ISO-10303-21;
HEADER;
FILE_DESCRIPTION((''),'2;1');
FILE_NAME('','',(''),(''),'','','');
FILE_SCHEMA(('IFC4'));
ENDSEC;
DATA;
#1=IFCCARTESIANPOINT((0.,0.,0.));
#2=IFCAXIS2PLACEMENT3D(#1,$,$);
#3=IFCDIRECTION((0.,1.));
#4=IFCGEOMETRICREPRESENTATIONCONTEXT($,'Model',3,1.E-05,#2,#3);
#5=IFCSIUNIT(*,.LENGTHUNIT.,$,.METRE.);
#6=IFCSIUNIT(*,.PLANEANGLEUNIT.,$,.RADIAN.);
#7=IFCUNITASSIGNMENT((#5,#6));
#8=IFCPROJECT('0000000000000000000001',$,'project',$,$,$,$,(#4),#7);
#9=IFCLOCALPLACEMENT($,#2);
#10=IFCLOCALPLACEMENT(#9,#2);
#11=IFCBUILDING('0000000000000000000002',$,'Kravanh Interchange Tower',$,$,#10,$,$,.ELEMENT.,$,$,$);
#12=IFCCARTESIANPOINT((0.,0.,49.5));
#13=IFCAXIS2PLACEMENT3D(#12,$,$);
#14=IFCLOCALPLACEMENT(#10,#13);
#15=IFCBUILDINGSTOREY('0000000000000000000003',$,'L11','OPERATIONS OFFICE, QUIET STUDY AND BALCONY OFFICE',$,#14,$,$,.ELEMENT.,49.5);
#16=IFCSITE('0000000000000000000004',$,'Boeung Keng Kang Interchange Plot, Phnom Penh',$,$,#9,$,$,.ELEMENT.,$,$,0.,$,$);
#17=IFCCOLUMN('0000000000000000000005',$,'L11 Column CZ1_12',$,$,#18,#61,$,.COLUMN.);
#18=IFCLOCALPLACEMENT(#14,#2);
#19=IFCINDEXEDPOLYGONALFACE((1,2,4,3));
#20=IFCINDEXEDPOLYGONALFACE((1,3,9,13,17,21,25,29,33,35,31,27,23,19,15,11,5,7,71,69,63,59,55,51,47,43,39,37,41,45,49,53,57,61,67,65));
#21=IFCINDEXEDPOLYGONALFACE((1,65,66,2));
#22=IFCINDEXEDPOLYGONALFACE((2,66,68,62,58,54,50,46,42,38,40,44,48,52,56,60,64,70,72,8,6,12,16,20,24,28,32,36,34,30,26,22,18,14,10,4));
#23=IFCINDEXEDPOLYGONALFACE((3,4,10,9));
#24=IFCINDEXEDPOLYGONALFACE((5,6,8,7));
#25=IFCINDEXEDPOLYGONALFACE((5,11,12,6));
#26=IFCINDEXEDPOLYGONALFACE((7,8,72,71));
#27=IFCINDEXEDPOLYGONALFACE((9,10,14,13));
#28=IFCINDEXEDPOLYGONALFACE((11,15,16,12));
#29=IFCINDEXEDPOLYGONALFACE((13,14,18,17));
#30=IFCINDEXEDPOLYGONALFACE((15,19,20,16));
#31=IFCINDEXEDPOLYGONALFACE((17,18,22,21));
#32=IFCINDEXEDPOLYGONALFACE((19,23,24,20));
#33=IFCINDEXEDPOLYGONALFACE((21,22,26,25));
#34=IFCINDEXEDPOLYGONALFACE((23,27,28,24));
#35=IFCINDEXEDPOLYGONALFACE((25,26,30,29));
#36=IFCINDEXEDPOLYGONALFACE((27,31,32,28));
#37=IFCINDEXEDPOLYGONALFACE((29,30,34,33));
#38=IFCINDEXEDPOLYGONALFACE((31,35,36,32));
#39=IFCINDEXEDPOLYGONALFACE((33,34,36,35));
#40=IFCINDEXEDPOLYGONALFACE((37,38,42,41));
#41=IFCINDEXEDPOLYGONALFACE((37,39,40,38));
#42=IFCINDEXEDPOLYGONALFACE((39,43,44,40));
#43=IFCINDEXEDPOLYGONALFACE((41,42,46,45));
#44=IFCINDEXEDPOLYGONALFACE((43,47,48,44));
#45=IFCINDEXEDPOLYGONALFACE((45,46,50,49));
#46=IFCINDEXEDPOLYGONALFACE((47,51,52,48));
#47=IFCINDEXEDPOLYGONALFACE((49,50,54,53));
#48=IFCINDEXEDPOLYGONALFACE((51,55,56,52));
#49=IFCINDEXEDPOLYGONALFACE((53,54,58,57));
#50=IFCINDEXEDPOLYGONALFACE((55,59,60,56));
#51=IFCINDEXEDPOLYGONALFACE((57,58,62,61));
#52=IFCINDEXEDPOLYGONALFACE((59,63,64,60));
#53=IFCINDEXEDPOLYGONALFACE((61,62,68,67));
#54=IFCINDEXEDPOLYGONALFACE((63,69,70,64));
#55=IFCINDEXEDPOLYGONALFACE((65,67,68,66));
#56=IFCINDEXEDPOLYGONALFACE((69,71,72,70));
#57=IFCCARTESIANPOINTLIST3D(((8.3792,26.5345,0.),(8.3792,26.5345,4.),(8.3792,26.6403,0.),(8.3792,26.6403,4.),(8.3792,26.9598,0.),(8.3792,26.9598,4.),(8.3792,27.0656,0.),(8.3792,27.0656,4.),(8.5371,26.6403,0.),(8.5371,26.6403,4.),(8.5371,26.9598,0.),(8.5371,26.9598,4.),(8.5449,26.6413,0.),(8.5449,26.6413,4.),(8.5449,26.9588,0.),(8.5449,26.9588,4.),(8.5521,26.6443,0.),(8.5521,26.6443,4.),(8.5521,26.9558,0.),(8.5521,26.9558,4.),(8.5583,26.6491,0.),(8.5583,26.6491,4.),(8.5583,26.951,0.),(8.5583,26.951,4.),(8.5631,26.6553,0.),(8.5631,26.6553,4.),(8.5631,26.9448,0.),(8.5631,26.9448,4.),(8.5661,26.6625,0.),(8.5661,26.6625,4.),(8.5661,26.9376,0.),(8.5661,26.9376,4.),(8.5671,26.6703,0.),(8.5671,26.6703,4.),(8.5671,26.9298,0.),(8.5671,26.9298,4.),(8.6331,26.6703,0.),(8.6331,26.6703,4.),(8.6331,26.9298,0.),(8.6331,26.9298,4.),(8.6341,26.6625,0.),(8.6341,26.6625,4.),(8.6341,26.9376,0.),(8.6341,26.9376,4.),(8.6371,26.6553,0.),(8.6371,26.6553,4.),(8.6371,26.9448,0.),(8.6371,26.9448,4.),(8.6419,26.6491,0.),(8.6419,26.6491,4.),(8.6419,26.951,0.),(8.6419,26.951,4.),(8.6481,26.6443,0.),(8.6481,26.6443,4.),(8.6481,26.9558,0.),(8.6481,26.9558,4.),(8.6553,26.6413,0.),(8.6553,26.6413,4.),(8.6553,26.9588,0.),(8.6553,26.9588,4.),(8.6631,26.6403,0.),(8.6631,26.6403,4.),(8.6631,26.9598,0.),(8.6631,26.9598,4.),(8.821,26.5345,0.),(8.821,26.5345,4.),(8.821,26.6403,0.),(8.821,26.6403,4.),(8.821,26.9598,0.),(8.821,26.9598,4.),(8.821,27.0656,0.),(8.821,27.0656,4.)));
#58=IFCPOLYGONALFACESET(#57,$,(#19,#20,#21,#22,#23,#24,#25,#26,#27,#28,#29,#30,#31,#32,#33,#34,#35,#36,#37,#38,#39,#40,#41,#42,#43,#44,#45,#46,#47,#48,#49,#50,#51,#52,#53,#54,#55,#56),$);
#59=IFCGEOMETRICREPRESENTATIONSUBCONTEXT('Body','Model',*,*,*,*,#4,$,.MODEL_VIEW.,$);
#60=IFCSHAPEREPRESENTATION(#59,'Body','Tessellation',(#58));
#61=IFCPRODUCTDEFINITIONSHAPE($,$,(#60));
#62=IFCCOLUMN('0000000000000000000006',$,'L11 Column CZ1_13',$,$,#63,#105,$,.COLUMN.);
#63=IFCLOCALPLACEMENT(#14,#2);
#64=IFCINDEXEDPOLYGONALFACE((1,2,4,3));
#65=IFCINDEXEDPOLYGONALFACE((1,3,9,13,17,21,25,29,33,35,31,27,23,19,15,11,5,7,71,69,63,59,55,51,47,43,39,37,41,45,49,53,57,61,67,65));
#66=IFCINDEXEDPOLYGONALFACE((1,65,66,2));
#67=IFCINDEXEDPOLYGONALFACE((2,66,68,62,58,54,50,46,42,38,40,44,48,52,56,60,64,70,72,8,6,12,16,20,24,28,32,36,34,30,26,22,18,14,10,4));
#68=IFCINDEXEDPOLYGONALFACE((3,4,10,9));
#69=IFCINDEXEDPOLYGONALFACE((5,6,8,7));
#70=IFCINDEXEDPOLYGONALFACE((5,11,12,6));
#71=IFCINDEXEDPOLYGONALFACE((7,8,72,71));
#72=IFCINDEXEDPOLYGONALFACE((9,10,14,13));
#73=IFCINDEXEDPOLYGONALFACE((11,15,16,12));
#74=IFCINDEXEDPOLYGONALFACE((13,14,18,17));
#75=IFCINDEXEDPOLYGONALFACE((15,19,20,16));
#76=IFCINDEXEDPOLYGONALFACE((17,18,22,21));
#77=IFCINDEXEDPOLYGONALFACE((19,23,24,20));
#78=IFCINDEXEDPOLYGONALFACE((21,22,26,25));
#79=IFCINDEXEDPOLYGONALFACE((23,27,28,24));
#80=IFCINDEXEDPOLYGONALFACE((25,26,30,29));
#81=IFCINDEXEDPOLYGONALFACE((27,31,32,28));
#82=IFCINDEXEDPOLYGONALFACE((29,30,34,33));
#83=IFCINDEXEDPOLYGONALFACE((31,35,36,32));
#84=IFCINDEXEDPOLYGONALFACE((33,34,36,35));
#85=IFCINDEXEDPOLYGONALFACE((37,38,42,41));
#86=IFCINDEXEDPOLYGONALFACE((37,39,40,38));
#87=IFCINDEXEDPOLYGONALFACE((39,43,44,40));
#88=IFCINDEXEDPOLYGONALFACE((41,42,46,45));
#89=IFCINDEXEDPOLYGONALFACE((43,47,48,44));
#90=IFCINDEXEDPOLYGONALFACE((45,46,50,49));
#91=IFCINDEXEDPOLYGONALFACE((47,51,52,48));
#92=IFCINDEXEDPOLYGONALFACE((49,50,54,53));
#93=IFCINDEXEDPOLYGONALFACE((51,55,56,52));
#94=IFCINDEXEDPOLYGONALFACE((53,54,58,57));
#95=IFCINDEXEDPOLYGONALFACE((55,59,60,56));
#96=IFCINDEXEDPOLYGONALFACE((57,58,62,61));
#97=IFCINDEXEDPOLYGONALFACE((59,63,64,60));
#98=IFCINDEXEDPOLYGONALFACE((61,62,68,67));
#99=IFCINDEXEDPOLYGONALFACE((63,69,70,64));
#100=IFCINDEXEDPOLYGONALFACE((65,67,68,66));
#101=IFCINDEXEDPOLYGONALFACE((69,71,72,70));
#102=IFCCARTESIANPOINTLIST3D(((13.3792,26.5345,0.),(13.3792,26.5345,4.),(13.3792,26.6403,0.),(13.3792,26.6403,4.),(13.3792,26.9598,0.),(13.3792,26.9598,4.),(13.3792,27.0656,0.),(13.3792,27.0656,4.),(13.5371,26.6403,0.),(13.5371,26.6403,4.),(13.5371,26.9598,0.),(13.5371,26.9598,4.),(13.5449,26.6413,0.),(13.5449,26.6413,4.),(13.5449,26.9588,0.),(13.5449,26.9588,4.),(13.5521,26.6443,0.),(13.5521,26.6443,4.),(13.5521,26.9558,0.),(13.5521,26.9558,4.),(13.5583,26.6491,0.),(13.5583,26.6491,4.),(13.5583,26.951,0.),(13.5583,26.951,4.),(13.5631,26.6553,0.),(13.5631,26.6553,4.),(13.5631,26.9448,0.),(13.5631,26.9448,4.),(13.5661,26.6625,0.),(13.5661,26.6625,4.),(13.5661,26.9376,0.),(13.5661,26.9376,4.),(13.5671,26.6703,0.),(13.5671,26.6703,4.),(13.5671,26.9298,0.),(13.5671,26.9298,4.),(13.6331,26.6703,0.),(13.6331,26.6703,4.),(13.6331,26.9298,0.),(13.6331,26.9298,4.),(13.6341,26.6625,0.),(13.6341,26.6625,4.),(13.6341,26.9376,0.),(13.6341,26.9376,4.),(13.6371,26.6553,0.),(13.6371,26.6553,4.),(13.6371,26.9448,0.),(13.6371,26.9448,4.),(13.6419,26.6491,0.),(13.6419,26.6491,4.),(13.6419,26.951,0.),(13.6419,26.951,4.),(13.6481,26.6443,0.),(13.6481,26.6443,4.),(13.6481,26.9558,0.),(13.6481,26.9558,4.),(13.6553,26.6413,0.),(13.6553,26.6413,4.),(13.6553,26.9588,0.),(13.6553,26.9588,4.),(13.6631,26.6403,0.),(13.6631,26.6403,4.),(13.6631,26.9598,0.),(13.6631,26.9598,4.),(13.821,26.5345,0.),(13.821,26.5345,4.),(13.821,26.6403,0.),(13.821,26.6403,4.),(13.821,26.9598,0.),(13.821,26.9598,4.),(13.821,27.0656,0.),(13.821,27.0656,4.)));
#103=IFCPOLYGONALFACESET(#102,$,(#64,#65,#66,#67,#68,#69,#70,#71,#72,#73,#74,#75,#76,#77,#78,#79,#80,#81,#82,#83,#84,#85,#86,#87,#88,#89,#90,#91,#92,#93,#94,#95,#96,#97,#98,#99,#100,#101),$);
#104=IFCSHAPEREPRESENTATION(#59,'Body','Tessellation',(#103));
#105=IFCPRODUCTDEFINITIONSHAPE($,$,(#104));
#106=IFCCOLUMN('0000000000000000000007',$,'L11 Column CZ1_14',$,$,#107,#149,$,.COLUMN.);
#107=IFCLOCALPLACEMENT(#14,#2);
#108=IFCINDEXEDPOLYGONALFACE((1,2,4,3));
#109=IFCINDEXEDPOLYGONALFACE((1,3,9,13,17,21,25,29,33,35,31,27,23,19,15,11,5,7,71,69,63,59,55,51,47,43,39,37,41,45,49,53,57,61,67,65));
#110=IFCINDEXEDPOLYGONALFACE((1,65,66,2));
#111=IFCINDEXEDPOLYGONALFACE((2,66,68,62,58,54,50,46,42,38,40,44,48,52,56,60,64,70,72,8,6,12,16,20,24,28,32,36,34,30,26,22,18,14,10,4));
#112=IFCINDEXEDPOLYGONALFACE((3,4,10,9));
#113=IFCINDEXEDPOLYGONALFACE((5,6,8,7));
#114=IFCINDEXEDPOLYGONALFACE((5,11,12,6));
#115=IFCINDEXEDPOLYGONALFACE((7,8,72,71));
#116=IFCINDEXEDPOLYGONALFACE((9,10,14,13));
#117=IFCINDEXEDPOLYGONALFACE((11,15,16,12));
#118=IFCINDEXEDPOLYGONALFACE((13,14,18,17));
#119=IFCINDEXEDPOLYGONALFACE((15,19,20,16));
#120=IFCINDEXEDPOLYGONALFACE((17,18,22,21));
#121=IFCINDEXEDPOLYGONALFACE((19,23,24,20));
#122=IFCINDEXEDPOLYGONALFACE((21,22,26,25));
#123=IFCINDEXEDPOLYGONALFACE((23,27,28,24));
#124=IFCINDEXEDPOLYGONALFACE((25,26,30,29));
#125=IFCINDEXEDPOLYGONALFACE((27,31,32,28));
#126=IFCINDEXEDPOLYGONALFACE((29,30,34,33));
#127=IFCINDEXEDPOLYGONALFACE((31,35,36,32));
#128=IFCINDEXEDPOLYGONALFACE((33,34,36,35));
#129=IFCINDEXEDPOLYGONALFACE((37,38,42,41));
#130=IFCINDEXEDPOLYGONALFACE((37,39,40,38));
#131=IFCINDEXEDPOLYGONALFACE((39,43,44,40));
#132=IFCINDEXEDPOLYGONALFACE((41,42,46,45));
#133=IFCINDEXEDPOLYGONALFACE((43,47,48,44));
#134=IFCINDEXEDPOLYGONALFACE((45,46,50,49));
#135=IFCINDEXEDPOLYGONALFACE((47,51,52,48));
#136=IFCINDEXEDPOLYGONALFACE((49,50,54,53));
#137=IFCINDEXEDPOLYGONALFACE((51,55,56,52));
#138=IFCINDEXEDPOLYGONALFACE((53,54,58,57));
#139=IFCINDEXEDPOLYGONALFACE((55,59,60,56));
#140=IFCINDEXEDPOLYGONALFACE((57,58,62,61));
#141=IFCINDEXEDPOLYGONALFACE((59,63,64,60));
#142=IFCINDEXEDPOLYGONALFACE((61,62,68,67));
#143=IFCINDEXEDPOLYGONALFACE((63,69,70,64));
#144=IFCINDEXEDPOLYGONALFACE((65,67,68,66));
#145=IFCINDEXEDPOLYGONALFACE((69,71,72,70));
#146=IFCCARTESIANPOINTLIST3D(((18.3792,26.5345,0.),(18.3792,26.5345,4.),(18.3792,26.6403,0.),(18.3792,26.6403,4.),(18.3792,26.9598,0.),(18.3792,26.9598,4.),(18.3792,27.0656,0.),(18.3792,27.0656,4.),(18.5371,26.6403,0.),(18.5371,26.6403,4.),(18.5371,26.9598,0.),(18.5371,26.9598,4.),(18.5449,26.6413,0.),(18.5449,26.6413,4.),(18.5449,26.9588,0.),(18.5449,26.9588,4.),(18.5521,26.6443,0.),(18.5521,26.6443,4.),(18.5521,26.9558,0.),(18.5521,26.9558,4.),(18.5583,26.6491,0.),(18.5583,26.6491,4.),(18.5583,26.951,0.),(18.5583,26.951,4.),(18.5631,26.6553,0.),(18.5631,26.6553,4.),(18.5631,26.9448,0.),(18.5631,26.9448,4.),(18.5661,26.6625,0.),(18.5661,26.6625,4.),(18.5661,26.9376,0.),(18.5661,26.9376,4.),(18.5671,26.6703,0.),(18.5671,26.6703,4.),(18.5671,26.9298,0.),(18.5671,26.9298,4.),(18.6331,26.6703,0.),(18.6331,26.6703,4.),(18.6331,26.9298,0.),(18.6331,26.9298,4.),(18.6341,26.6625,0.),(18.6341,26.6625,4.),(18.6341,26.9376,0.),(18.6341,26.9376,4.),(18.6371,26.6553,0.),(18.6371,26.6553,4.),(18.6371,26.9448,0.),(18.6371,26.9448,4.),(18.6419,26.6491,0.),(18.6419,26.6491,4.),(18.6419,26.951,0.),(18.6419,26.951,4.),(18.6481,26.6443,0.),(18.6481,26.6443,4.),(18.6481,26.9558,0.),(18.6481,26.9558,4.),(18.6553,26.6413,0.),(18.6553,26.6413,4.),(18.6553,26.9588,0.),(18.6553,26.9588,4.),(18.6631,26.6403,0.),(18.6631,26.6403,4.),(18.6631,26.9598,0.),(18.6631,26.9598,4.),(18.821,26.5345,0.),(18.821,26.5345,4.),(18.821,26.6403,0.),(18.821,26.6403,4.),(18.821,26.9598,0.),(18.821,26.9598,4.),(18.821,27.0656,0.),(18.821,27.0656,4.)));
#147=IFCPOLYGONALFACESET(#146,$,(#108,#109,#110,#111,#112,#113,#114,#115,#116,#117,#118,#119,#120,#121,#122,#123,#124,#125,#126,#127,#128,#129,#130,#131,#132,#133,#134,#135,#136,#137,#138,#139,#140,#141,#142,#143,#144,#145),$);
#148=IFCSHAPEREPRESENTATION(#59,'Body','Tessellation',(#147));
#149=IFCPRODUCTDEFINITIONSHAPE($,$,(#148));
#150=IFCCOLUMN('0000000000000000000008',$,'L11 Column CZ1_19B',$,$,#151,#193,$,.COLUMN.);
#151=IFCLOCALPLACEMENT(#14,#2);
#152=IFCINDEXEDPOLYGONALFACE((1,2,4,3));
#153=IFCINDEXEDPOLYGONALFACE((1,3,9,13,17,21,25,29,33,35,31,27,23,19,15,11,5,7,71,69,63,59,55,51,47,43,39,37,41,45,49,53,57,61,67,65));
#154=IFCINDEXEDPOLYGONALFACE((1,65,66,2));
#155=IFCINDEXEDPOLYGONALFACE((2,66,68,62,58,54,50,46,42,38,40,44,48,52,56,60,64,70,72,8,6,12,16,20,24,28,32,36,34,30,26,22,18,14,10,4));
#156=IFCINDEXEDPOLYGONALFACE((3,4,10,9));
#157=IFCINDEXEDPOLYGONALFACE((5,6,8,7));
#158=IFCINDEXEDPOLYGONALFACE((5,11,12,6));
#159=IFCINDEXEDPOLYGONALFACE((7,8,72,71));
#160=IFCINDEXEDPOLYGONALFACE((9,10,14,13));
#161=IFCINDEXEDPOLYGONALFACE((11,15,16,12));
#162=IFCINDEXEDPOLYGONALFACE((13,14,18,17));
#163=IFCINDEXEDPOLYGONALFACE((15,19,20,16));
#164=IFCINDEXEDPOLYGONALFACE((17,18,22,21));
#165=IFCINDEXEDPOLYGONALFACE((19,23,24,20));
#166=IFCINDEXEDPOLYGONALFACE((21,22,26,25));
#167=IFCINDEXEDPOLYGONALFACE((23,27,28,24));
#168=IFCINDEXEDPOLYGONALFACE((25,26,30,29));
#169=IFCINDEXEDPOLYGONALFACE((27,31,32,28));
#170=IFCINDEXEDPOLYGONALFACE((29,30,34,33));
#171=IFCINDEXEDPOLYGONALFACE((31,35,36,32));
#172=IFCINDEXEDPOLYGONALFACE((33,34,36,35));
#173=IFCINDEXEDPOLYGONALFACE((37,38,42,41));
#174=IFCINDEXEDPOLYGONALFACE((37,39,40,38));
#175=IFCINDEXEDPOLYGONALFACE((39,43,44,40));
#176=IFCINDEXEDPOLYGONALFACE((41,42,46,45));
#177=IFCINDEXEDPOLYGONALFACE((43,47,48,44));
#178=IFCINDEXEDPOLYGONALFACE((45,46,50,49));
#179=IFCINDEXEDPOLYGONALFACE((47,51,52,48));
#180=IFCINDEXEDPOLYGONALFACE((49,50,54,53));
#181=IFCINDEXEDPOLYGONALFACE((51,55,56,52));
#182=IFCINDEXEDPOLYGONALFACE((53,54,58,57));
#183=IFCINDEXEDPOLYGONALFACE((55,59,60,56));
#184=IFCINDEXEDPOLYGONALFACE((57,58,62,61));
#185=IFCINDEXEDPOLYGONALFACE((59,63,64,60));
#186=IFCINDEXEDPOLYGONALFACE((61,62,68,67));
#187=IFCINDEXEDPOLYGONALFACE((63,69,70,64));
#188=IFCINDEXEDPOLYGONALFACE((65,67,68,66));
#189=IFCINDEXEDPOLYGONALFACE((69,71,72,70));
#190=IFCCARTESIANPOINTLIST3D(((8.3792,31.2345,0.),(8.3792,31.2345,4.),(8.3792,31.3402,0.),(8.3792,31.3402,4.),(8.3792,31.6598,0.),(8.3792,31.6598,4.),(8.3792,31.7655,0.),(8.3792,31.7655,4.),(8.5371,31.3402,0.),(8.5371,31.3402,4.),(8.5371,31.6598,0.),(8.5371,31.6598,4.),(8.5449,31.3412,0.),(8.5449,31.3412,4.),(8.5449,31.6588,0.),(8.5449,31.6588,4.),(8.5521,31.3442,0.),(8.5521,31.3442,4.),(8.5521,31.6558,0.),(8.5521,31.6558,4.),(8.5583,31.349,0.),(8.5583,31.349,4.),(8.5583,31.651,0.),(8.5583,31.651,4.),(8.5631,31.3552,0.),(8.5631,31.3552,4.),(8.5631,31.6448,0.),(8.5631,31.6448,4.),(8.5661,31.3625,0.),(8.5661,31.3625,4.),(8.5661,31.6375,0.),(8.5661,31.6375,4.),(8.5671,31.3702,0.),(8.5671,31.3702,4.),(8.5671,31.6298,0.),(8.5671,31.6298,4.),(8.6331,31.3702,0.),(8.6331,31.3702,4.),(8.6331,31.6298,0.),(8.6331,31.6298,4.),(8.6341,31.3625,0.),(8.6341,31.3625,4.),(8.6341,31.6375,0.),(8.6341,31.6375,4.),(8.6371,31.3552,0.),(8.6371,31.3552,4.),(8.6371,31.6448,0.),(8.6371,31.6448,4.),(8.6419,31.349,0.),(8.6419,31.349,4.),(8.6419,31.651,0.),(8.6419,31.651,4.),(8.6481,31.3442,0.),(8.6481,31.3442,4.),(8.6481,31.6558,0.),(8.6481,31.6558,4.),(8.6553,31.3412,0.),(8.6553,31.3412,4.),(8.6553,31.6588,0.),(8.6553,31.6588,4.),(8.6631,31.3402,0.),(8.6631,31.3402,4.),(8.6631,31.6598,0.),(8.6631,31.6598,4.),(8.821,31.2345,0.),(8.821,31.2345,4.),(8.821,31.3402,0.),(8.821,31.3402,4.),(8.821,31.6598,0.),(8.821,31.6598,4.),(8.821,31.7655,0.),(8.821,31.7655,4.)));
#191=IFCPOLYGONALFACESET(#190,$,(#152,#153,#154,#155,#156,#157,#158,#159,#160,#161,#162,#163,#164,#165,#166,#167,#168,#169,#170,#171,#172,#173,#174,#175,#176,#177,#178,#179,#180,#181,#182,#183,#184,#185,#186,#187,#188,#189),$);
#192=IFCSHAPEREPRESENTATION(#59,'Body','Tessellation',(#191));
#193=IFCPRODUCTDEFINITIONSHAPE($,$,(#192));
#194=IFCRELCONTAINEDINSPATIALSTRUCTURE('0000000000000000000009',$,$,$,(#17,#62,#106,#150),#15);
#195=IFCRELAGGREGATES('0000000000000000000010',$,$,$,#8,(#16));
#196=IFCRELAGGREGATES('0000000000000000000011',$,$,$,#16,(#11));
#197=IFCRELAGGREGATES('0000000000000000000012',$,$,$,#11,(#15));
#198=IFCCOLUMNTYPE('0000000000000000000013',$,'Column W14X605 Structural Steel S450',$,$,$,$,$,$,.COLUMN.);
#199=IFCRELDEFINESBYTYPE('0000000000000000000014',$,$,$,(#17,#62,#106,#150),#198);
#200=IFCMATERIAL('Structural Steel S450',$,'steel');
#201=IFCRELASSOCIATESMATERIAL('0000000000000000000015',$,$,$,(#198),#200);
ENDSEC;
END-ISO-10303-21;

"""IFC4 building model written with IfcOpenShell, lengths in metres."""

from ifc_helpers import new_model, si_unit, direction, frame, origin, origin_2d, place, context, subcontext, project, spatial, i_section, extrude, material, material_profile, profile_set, type_object, element, save


model = new_model("IFC4")

# Units and contexts
model_context = context("Model", 3, precision=1e-05, world=origin(), true_north=direction((0.0, 1.0)))
body_context = subcontext(model_context, "Body", "Model", "MODEL_VIEW")
ifc_project = project(units=[si_unit("LENGTHUNIT", "METRE"), si_unit("PLANEANGLEUNIT", "RADIAN")], contexts=[model_context])

# Site, building, storey
site_placement = place(None, origin())
site = spatial("IfcSite", under=ifc_project, at=site_placement, Name="Boeung Keng Kang Interchange Plot, Phnom Penh", CompositionType="ELEMENT", RefElevation=0.0)
building_placement = place(site_placement, origin())
building = spatial("IfcBuilding", under=site, at=building_placement, Name="Kravanh Interchange Tower", CompositionType="ELEMENT")
storey_placement = place(building_placement, frame((0.0, 0.0, 49.5)))
storey = spatial("IfcBuildingStorey", under=building, at=storey_placement, Name="L11", Description="OPERATIONS OFFICE, QUIET STUDY AND BALCONY OFFICE", CompositionType="ELEMENT", Elevation=49.5)

# Columns
ifc_material_1 = material(Name="Structural Steel S450", Category="steel")
ifc_material_profile_1 = material_profile(ifc_material_1, i_section(OverallWidth=0.4419, OverallDepth=0.531, WebThickness=0.0659, FlangeThickness=0.1057, FilletRadius=0.03, at=origin_2d()), Name="W14X605")
ifc_profile_set_1 = profile_set([ifc_material_profile_1], Name="Structural Steel S450")
column_type = type_object("IfcColumnType", Name="Column W14X605 Structural Steel S450", PredefinedType="COLUMN", material=ifc_profile_set_1)
for number, where, z_axis, x_axis, name in (
    (1, (8.6001, 26.8, 0.0), (0.0, 0.0, 1.0), (1.0, 0.0, 0.0), "L11 Column CZ1_12"),
    (2, (13.6001, 26.8, 0.0), (0.0, 0.0, 1.0), (1.0, 0.0, 0.0), "L11 Column CZ1_13"),
    (3, (18.6001, 26.8, 0.0), (0.0, 0.0, 1.0), (1.0, 0.0, 0.0), "L11 Column CZ1_14"),
    (4, (8.6001, 31.5, 0.0), (0.0, 0.0, 1.0), (1.0, 0.0, 0.0), "L11 Column CZ1_19B"),
):
    element("IfcColumn", number, at=place(storey_placement, frame(where, z_axis=z_axis, x_axis=x_axis)), inside=storey, type_object=column_type, Name=name, PredefinedType="COLUMN", context=body_context, shape_type="SweptSolid", body=[
        extrude(i_section(OverallWidth=0.4419, OverallDepth=0.531, WebThickness=0.0659, FlangeThickness=0.1057, FilletRadius=0.03, at=origin_2d()), origin(), (0.0, 0.0, 1.0), 4.0),
    ])

save(model, "model.ifc")
